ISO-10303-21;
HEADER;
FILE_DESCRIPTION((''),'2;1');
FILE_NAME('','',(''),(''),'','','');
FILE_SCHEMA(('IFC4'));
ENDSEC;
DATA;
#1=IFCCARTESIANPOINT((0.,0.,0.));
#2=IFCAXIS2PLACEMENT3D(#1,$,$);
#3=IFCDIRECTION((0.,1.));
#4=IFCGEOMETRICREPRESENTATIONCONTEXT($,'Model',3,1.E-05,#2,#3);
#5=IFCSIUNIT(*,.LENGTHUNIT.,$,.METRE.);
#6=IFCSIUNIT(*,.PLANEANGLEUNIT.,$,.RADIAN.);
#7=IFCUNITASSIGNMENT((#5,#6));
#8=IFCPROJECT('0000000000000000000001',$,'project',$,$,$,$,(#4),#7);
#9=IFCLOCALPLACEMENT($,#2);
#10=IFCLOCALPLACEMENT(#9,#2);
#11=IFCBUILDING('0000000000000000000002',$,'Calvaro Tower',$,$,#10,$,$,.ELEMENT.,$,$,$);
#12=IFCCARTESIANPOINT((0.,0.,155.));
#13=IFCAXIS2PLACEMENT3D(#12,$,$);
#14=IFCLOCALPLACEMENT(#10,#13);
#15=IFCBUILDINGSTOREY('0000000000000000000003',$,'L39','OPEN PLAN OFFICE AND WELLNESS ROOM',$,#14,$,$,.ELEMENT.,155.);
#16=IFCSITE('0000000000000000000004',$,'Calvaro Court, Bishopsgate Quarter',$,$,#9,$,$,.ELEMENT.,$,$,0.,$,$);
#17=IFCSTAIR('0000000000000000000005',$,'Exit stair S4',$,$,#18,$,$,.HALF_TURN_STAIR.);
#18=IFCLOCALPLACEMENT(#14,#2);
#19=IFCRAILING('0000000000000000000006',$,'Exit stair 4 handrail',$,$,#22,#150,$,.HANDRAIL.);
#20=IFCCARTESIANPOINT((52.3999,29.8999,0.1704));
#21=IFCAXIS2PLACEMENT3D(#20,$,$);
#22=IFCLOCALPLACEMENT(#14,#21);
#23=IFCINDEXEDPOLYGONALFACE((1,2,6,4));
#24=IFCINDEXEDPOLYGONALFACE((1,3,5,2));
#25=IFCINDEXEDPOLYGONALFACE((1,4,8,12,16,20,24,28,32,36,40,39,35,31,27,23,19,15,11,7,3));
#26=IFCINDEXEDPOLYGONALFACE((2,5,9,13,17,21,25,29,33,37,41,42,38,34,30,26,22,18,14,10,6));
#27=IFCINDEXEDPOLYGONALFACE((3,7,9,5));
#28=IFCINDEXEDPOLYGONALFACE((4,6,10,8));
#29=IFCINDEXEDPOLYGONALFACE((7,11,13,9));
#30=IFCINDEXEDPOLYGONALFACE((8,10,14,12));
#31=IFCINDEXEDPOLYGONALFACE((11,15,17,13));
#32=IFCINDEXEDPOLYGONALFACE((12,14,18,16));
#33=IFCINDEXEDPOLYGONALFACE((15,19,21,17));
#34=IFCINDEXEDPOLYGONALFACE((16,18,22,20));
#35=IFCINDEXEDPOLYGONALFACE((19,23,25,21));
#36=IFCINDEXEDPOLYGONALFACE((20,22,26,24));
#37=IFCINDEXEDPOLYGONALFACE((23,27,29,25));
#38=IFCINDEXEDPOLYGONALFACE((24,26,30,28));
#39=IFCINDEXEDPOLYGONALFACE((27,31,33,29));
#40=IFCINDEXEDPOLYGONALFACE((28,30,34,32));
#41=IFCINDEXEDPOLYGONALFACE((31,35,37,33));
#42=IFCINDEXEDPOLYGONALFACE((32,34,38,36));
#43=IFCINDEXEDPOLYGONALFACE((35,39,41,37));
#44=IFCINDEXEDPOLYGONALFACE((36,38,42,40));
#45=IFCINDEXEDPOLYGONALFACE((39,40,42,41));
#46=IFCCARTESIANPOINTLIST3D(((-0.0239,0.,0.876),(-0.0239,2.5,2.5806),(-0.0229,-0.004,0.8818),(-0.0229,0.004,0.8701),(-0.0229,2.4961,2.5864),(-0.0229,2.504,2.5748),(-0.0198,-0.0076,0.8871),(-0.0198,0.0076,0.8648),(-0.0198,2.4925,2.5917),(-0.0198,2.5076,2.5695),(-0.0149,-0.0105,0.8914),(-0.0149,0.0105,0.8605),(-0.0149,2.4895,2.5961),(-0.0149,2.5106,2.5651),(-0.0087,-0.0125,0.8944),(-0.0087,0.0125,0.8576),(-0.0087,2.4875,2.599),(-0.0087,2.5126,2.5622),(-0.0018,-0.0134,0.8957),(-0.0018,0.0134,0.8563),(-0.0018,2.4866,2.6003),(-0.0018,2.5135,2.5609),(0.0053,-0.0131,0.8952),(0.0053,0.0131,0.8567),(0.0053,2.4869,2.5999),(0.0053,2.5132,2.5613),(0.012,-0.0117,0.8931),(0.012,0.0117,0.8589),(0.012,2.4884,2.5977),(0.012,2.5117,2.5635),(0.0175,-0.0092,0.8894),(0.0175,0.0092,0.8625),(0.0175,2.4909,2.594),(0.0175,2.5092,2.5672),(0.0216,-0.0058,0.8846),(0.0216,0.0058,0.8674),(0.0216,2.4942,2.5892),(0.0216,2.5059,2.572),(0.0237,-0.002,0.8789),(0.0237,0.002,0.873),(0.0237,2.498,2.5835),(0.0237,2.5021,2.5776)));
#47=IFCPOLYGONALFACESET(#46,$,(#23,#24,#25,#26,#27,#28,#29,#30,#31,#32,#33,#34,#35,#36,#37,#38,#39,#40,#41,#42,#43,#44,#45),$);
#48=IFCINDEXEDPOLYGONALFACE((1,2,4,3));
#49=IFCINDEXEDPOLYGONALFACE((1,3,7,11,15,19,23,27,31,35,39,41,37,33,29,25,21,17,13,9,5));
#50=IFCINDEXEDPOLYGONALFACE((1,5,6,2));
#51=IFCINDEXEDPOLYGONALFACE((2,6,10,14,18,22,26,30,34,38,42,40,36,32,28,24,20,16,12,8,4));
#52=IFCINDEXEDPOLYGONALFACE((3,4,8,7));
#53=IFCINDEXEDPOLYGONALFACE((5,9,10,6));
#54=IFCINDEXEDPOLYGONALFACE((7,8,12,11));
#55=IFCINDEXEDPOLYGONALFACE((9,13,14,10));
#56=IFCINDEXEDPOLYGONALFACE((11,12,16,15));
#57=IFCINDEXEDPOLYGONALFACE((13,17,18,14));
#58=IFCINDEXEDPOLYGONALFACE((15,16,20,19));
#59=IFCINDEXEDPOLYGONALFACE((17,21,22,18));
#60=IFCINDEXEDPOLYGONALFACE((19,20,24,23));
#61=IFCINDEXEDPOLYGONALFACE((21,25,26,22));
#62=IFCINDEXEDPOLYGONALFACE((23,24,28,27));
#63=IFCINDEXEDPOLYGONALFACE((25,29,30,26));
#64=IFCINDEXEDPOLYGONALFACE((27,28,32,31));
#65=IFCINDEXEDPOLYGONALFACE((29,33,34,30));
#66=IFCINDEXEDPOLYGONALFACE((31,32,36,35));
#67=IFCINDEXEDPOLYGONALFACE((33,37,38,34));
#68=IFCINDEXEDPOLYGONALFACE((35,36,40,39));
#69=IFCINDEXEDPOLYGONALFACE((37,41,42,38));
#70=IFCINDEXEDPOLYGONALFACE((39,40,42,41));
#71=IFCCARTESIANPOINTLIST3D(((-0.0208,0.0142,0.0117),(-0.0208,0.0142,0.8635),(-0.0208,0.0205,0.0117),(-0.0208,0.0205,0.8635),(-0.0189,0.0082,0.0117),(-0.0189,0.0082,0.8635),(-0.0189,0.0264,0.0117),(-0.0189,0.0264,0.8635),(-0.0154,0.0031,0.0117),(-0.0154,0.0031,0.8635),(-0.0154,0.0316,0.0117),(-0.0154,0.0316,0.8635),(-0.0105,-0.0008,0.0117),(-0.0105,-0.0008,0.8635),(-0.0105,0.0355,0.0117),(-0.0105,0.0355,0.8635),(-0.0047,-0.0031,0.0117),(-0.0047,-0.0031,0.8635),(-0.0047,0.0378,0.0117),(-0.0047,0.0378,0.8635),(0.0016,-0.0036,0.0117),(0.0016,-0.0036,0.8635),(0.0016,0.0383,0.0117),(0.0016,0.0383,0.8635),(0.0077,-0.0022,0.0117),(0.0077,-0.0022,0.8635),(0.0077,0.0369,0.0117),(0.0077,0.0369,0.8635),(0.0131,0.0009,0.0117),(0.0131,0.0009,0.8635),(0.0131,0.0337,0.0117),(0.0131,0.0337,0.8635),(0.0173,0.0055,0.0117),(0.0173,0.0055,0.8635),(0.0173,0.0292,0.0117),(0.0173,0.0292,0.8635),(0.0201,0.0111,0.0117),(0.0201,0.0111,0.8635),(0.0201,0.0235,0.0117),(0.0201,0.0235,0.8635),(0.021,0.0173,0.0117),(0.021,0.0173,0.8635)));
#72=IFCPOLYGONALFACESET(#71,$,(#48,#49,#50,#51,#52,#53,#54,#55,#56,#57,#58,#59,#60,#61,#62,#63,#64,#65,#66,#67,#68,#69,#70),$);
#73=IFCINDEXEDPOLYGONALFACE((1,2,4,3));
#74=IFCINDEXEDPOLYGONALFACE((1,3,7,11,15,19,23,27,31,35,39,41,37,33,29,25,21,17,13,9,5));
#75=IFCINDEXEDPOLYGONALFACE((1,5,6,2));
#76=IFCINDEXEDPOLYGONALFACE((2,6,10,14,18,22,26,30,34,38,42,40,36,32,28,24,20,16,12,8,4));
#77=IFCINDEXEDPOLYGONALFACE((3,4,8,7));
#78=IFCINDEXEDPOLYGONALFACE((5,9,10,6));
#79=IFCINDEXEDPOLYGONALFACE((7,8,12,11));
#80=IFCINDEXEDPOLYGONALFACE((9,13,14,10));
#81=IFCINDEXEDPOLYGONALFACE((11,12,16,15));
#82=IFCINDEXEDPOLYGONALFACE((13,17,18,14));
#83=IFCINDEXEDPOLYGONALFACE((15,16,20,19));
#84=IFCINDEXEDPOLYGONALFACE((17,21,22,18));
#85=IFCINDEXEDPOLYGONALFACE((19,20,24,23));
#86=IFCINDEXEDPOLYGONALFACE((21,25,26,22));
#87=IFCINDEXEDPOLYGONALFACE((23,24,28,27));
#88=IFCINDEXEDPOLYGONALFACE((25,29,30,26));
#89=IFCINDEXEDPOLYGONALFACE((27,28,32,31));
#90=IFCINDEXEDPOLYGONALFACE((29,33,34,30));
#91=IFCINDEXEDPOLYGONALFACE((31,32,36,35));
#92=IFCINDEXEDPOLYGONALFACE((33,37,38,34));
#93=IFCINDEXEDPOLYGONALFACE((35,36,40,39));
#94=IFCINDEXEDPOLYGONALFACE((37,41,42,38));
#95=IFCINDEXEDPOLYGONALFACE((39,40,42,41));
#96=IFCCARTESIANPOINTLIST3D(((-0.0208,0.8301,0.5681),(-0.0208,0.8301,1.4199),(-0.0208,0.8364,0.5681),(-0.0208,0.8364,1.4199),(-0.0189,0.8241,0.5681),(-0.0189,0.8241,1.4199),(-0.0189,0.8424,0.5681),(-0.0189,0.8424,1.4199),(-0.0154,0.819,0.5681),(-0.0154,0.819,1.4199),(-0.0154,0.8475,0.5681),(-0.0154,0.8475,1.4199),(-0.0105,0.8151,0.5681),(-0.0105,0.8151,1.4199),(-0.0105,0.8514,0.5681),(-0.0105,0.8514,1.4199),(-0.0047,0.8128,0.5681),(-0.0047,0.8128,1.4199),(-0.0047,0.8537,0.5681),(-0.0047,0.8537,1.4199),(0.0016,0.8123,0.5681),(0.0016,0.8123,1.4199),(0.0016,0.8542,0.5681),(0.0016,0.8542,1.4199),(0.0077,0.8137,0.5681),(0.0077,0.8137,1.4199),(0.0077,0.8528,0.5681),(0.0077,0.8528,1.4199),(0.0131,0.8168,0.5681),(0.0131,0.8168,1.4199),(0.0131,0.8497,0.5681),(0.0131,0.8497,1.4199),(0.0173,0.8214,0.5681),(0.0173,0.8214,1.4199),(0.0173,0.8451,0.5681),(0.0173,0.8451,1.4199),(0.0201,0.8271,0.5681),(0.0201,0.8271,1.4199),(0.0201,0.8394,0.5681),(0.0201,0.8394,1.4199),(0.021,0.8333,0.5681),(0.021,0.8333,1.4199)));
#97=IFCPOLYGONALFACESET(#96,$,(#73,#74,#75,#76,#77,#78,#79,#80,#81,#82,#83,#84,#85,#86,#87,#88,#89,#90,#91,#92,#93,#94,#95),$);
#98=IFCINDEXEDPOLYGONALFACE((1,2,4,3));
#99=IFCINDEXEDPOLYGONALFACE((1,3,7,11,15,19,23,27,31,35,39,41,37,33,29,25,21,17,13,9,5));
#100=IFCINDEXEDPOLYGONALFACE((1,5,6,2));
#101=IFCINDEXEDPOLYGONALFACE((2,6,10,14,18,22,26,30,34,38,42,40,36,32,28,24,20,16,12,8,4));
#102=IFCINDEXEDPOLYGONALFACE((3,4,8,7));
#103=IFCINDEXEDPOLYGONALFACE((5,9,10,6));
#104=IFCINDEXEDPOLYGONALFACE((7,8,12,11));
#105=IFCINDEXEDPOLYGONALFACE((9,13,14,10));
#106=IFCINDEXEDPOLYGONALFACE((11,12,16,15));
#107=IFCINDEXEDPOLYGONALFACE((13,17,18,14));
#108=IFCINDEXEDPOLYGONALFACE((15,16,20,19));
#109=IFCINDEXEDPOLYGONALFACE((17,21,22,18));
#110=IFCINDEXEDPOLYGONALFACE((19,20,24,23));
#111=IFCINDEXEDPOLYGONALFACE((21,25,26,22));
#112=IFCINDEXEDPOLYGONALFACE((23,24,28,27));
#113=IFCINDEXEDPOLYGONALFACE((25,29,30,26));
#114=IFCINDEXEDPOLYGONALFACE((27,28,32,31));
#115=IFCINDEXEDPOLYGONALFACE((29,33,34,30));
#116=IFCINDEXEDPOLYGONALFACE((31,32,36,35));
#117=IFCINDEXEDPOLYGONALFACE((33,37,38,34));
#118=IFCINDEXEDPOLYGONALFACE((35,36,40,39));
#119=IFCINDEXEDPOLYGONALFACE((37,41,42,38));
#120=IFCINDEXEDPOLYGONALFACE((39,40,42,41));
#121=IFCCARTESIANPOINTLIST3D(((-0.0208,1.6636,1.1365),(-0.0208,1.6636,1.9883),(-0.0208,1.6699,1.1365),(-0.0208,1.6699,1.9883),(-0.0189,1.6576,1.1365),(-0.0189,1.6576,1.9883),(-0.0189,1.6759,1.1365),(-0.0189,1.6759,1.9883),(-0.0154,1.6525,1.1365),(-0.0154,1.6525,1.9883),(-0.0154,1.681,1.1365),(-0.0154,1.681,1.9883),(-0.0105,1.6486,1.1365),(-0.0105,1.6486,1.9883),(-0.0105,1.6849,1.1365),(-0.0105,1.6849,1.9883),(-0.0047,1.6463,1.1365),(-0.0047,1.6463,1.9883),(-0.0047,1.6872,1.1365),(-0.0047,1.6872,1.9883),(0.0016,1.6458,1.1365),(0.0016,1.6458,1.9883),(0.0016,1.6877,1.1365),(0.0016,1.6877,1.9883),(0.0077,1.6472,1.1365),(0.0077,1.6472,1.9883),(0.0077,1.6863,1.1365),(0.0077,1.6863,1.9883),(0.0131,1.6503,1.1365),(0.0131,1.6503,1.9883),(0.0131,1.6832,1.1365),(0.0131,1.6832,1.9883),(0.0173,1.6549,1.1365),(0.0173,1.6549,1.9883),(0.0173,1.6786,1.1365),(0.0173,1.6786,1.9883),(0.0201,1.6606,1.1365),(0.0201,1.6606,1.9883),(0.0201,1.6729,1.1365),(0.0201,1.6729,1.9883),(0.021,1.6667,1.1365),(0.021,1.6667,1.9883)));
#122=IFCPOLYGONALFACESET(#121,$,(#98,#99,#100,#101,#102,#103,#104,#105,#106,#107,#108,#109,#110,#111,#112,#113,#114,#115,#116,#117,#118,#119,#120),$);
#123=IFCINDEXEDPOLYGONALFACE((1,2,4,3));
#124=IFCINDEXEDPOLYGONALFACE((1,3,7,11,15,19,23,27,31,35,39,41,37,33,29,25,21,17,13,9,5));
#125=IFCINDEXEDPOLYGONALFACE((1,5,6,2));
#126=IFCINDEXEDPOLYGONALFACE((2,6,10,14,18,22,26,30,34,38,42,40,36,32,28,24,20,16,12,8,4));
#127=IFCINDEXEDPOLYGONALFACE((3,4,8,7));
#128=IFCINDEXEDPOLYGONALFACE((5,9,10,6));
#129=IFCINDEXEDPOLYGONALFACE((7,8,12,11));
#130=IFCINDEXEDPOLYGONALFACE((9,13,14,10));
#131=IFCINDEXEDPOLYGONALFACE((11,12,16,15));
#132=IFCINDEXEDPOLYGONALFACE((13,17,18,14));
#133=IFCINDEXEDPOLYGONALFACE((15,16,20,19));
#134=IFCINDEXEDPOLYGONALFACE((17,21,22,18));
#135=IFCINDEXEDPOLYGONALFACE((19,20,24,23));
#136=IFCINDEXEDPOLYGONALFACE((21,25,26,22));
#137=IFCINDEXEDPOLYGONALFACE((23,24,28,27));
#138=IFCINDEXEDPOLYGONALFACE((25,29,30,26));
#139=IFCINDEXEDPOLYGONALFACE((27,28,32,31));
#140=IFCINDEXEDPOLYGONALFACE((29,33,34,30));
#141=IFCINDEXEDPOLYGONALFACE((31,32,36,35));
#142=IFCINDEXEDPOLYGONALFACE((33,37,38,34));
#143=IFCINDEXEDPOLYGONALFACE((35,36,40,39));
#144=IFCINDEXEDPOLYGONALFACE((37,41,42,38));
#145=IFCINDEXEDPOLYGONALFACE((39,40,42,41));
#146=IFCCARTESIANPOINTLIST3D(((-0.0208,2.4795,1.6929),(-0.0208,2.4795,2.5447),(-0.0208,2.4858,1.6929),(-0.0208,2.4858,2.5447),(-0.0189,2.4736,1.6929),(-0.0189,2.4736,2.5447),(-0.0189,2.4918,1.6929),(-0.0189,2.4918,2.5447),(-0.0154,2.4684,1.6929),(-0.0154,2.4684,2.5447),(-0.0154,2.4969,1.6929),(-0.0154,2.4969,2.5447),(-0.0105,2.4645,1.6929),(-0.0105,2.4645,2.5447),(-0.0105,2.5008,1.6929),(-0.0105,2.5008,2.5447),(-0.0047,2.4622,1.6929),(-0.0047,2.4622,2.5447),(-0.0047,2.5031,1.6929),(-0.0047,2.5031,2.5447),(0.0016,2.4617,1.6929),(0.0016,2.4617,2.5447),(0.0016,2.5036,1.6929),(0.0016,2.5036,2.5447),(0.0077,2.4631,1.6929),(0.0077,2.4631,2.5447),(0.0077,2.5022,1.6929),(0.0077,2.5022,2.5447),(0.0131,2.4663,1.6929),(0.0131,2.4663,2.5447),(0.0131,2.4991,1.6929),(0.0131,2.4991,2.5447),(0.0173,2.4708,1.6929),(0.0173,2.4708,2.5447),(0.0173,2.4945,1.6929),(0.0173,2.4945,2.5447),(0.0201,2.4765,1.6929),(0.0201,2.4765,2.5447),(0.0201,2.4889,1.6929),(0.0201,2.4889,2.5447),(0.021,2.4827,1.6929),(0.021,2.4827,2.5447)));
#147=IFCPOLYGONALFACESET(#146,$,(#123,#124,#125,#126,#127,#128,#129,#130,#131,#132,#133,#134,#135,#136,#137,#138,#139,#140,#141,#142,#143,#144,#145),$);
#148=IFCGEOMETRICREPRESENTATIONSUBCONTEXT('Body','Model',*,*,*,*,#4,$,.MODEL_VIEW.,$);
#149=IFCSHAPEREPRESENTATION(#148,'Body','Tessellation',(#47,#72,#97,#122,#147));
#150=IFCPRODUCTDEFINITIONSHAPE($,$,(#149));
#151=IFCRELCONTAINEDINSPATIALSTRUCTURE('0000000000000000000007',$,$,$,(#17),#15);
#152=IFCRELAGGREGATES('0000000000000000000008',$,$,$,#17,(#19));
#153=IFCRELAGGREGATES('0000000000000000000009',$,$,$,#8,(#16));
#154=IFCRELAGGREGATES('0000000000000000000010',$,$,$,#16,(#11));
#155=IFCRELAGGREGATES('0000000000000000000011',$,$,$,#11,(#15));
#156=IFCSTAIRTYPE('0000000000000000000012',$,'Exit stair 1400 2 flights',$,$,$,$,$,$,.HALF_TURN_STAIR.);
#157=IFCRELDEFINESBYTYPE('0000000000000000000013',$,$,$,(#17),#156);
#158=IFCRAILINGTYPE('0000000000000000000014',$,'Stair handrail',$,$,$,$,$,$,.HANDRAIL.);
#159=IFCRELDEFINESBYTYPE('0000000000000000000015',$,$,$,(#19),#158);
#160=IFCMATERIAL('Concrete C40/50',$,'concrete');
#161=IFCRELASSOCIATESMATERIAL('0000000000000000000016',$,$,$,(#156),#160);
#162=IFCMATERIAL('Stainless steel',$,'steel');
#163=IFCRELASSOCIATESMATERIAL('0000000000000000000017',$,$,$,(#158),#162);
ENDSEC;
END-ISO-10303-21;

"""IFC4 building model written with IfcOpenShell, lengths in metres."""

from ifc_helpers import new_model, si_unit, direction, frame, origin, origin_2d, place, context, subcontext, project, spatial, circle, extrude, material, type_object, element, aggregate, save


model = new_model("IFC4")

# Units and contexts
model_context = context("Model", 3, precision=1e-05, world=origin(), true_north=direction((0.0, 1.0)))
body_context = subcontext(model_context, "Body", "Model", "MODEL_VIEW")
ifc_project = project(units=[si_unit("LENGTHUNIT", "METRE"), si_unit("PLANEANGLEUNIT", "RADIAN")], contexts=[model_context])

# Site, building, storey
site_placement = place(None, origin())
site = spatial("IfcSite", under=ifc_project, at=site_placement, Name="Calvaro Court, Bishopsgate Quarter", CompositionType="ELEMENT", RefElevation=0.0)
building_placement = place(site_placement, origin())
building = spatial("IfcBuilding", under=site, at=building_placement, Name="Calvaro Tower", CompositionType="ELEMENT")
storey_placement = place(building_placement, frame((0.0, 0.0, 155.0)))
storey = spatial("IfcBuildingStorey", under=building, at=storey_placement, Name="L39", Description="OPEN PLAN OFFICE AND WELLNESS ROOM", CompositionType="ELEMENT", Elevation=155.0)

# Shared definitions
ifc_material_1 = material(Name="Concrete C40/50", Category="concrete")
stair_type = type_object("IfcStairType", Name="Exit stair 1400 2 flights", PredefinedType="HALF_TURN_STAIR", material=ifc_material_1)

# Stair, railing
stair_1_placement = place(storey_placement, origin())
stair_1 = element("IfcStair", 1, at=stair_1_placement, inside=storey, type_object=stair_type, Name="Exit stair S4", PredefinedType="HALF_TURN_STAIR")
ifc_material_2 = material(Name="Stainless steel", Category="steel")
railing_type = type_object("IfcRailingType", Name="Stair handrail", PredefinedType="HANDRAIL", material=ifc_material_2)
railing_1_placement = place(storey_placement, frame((52.3999, 29.8999, 0.1704)))
railing_1 = element("IfcRailing", 2, at=railing_1_placement, type_object=railing_type, Name="Exit stair 4 handrail", PredefinedType="HANDRAIL", context=body_context, shape_type="SweptSolid", body=[
    extrude(circle(Radius=0.0239, at=origin_2d()), frame((0.0, 0.0, 0.876), z_axis=(0.0, 0.826221, 0.563347), x_axis=(-1.0, 0.0, 0.0)), (0.0, 0.0, 1.0), 3.0259),
    extrude(circle(Radius=0.021, at=origin_2d()), frame((0.0, 0.0173, 0.0117)), (0.0, 0.0, 1.0), 0.8518),
    extrude(circle(Radius=0.021, at=origin_2d()), frame((0.0, 0.8333, 0.5681)), (0.0, 0.0, 1.0), 0.8518),
    extrude(circle(Radius=0.021, at=origin_2d()), frame((0.0, 1.6667, 1.1365)), (0.0, 0.0, 1.0), 0.8518),
    extrude(circle(Radius=0.021, at=origin_2d()), frame((0.0, 2.4827, 1.6929)), (0.0, 0.0, 1.0), 0.8518),
])
aggregate(stair_1, [railing_1])

save(model, "model.ifc")
